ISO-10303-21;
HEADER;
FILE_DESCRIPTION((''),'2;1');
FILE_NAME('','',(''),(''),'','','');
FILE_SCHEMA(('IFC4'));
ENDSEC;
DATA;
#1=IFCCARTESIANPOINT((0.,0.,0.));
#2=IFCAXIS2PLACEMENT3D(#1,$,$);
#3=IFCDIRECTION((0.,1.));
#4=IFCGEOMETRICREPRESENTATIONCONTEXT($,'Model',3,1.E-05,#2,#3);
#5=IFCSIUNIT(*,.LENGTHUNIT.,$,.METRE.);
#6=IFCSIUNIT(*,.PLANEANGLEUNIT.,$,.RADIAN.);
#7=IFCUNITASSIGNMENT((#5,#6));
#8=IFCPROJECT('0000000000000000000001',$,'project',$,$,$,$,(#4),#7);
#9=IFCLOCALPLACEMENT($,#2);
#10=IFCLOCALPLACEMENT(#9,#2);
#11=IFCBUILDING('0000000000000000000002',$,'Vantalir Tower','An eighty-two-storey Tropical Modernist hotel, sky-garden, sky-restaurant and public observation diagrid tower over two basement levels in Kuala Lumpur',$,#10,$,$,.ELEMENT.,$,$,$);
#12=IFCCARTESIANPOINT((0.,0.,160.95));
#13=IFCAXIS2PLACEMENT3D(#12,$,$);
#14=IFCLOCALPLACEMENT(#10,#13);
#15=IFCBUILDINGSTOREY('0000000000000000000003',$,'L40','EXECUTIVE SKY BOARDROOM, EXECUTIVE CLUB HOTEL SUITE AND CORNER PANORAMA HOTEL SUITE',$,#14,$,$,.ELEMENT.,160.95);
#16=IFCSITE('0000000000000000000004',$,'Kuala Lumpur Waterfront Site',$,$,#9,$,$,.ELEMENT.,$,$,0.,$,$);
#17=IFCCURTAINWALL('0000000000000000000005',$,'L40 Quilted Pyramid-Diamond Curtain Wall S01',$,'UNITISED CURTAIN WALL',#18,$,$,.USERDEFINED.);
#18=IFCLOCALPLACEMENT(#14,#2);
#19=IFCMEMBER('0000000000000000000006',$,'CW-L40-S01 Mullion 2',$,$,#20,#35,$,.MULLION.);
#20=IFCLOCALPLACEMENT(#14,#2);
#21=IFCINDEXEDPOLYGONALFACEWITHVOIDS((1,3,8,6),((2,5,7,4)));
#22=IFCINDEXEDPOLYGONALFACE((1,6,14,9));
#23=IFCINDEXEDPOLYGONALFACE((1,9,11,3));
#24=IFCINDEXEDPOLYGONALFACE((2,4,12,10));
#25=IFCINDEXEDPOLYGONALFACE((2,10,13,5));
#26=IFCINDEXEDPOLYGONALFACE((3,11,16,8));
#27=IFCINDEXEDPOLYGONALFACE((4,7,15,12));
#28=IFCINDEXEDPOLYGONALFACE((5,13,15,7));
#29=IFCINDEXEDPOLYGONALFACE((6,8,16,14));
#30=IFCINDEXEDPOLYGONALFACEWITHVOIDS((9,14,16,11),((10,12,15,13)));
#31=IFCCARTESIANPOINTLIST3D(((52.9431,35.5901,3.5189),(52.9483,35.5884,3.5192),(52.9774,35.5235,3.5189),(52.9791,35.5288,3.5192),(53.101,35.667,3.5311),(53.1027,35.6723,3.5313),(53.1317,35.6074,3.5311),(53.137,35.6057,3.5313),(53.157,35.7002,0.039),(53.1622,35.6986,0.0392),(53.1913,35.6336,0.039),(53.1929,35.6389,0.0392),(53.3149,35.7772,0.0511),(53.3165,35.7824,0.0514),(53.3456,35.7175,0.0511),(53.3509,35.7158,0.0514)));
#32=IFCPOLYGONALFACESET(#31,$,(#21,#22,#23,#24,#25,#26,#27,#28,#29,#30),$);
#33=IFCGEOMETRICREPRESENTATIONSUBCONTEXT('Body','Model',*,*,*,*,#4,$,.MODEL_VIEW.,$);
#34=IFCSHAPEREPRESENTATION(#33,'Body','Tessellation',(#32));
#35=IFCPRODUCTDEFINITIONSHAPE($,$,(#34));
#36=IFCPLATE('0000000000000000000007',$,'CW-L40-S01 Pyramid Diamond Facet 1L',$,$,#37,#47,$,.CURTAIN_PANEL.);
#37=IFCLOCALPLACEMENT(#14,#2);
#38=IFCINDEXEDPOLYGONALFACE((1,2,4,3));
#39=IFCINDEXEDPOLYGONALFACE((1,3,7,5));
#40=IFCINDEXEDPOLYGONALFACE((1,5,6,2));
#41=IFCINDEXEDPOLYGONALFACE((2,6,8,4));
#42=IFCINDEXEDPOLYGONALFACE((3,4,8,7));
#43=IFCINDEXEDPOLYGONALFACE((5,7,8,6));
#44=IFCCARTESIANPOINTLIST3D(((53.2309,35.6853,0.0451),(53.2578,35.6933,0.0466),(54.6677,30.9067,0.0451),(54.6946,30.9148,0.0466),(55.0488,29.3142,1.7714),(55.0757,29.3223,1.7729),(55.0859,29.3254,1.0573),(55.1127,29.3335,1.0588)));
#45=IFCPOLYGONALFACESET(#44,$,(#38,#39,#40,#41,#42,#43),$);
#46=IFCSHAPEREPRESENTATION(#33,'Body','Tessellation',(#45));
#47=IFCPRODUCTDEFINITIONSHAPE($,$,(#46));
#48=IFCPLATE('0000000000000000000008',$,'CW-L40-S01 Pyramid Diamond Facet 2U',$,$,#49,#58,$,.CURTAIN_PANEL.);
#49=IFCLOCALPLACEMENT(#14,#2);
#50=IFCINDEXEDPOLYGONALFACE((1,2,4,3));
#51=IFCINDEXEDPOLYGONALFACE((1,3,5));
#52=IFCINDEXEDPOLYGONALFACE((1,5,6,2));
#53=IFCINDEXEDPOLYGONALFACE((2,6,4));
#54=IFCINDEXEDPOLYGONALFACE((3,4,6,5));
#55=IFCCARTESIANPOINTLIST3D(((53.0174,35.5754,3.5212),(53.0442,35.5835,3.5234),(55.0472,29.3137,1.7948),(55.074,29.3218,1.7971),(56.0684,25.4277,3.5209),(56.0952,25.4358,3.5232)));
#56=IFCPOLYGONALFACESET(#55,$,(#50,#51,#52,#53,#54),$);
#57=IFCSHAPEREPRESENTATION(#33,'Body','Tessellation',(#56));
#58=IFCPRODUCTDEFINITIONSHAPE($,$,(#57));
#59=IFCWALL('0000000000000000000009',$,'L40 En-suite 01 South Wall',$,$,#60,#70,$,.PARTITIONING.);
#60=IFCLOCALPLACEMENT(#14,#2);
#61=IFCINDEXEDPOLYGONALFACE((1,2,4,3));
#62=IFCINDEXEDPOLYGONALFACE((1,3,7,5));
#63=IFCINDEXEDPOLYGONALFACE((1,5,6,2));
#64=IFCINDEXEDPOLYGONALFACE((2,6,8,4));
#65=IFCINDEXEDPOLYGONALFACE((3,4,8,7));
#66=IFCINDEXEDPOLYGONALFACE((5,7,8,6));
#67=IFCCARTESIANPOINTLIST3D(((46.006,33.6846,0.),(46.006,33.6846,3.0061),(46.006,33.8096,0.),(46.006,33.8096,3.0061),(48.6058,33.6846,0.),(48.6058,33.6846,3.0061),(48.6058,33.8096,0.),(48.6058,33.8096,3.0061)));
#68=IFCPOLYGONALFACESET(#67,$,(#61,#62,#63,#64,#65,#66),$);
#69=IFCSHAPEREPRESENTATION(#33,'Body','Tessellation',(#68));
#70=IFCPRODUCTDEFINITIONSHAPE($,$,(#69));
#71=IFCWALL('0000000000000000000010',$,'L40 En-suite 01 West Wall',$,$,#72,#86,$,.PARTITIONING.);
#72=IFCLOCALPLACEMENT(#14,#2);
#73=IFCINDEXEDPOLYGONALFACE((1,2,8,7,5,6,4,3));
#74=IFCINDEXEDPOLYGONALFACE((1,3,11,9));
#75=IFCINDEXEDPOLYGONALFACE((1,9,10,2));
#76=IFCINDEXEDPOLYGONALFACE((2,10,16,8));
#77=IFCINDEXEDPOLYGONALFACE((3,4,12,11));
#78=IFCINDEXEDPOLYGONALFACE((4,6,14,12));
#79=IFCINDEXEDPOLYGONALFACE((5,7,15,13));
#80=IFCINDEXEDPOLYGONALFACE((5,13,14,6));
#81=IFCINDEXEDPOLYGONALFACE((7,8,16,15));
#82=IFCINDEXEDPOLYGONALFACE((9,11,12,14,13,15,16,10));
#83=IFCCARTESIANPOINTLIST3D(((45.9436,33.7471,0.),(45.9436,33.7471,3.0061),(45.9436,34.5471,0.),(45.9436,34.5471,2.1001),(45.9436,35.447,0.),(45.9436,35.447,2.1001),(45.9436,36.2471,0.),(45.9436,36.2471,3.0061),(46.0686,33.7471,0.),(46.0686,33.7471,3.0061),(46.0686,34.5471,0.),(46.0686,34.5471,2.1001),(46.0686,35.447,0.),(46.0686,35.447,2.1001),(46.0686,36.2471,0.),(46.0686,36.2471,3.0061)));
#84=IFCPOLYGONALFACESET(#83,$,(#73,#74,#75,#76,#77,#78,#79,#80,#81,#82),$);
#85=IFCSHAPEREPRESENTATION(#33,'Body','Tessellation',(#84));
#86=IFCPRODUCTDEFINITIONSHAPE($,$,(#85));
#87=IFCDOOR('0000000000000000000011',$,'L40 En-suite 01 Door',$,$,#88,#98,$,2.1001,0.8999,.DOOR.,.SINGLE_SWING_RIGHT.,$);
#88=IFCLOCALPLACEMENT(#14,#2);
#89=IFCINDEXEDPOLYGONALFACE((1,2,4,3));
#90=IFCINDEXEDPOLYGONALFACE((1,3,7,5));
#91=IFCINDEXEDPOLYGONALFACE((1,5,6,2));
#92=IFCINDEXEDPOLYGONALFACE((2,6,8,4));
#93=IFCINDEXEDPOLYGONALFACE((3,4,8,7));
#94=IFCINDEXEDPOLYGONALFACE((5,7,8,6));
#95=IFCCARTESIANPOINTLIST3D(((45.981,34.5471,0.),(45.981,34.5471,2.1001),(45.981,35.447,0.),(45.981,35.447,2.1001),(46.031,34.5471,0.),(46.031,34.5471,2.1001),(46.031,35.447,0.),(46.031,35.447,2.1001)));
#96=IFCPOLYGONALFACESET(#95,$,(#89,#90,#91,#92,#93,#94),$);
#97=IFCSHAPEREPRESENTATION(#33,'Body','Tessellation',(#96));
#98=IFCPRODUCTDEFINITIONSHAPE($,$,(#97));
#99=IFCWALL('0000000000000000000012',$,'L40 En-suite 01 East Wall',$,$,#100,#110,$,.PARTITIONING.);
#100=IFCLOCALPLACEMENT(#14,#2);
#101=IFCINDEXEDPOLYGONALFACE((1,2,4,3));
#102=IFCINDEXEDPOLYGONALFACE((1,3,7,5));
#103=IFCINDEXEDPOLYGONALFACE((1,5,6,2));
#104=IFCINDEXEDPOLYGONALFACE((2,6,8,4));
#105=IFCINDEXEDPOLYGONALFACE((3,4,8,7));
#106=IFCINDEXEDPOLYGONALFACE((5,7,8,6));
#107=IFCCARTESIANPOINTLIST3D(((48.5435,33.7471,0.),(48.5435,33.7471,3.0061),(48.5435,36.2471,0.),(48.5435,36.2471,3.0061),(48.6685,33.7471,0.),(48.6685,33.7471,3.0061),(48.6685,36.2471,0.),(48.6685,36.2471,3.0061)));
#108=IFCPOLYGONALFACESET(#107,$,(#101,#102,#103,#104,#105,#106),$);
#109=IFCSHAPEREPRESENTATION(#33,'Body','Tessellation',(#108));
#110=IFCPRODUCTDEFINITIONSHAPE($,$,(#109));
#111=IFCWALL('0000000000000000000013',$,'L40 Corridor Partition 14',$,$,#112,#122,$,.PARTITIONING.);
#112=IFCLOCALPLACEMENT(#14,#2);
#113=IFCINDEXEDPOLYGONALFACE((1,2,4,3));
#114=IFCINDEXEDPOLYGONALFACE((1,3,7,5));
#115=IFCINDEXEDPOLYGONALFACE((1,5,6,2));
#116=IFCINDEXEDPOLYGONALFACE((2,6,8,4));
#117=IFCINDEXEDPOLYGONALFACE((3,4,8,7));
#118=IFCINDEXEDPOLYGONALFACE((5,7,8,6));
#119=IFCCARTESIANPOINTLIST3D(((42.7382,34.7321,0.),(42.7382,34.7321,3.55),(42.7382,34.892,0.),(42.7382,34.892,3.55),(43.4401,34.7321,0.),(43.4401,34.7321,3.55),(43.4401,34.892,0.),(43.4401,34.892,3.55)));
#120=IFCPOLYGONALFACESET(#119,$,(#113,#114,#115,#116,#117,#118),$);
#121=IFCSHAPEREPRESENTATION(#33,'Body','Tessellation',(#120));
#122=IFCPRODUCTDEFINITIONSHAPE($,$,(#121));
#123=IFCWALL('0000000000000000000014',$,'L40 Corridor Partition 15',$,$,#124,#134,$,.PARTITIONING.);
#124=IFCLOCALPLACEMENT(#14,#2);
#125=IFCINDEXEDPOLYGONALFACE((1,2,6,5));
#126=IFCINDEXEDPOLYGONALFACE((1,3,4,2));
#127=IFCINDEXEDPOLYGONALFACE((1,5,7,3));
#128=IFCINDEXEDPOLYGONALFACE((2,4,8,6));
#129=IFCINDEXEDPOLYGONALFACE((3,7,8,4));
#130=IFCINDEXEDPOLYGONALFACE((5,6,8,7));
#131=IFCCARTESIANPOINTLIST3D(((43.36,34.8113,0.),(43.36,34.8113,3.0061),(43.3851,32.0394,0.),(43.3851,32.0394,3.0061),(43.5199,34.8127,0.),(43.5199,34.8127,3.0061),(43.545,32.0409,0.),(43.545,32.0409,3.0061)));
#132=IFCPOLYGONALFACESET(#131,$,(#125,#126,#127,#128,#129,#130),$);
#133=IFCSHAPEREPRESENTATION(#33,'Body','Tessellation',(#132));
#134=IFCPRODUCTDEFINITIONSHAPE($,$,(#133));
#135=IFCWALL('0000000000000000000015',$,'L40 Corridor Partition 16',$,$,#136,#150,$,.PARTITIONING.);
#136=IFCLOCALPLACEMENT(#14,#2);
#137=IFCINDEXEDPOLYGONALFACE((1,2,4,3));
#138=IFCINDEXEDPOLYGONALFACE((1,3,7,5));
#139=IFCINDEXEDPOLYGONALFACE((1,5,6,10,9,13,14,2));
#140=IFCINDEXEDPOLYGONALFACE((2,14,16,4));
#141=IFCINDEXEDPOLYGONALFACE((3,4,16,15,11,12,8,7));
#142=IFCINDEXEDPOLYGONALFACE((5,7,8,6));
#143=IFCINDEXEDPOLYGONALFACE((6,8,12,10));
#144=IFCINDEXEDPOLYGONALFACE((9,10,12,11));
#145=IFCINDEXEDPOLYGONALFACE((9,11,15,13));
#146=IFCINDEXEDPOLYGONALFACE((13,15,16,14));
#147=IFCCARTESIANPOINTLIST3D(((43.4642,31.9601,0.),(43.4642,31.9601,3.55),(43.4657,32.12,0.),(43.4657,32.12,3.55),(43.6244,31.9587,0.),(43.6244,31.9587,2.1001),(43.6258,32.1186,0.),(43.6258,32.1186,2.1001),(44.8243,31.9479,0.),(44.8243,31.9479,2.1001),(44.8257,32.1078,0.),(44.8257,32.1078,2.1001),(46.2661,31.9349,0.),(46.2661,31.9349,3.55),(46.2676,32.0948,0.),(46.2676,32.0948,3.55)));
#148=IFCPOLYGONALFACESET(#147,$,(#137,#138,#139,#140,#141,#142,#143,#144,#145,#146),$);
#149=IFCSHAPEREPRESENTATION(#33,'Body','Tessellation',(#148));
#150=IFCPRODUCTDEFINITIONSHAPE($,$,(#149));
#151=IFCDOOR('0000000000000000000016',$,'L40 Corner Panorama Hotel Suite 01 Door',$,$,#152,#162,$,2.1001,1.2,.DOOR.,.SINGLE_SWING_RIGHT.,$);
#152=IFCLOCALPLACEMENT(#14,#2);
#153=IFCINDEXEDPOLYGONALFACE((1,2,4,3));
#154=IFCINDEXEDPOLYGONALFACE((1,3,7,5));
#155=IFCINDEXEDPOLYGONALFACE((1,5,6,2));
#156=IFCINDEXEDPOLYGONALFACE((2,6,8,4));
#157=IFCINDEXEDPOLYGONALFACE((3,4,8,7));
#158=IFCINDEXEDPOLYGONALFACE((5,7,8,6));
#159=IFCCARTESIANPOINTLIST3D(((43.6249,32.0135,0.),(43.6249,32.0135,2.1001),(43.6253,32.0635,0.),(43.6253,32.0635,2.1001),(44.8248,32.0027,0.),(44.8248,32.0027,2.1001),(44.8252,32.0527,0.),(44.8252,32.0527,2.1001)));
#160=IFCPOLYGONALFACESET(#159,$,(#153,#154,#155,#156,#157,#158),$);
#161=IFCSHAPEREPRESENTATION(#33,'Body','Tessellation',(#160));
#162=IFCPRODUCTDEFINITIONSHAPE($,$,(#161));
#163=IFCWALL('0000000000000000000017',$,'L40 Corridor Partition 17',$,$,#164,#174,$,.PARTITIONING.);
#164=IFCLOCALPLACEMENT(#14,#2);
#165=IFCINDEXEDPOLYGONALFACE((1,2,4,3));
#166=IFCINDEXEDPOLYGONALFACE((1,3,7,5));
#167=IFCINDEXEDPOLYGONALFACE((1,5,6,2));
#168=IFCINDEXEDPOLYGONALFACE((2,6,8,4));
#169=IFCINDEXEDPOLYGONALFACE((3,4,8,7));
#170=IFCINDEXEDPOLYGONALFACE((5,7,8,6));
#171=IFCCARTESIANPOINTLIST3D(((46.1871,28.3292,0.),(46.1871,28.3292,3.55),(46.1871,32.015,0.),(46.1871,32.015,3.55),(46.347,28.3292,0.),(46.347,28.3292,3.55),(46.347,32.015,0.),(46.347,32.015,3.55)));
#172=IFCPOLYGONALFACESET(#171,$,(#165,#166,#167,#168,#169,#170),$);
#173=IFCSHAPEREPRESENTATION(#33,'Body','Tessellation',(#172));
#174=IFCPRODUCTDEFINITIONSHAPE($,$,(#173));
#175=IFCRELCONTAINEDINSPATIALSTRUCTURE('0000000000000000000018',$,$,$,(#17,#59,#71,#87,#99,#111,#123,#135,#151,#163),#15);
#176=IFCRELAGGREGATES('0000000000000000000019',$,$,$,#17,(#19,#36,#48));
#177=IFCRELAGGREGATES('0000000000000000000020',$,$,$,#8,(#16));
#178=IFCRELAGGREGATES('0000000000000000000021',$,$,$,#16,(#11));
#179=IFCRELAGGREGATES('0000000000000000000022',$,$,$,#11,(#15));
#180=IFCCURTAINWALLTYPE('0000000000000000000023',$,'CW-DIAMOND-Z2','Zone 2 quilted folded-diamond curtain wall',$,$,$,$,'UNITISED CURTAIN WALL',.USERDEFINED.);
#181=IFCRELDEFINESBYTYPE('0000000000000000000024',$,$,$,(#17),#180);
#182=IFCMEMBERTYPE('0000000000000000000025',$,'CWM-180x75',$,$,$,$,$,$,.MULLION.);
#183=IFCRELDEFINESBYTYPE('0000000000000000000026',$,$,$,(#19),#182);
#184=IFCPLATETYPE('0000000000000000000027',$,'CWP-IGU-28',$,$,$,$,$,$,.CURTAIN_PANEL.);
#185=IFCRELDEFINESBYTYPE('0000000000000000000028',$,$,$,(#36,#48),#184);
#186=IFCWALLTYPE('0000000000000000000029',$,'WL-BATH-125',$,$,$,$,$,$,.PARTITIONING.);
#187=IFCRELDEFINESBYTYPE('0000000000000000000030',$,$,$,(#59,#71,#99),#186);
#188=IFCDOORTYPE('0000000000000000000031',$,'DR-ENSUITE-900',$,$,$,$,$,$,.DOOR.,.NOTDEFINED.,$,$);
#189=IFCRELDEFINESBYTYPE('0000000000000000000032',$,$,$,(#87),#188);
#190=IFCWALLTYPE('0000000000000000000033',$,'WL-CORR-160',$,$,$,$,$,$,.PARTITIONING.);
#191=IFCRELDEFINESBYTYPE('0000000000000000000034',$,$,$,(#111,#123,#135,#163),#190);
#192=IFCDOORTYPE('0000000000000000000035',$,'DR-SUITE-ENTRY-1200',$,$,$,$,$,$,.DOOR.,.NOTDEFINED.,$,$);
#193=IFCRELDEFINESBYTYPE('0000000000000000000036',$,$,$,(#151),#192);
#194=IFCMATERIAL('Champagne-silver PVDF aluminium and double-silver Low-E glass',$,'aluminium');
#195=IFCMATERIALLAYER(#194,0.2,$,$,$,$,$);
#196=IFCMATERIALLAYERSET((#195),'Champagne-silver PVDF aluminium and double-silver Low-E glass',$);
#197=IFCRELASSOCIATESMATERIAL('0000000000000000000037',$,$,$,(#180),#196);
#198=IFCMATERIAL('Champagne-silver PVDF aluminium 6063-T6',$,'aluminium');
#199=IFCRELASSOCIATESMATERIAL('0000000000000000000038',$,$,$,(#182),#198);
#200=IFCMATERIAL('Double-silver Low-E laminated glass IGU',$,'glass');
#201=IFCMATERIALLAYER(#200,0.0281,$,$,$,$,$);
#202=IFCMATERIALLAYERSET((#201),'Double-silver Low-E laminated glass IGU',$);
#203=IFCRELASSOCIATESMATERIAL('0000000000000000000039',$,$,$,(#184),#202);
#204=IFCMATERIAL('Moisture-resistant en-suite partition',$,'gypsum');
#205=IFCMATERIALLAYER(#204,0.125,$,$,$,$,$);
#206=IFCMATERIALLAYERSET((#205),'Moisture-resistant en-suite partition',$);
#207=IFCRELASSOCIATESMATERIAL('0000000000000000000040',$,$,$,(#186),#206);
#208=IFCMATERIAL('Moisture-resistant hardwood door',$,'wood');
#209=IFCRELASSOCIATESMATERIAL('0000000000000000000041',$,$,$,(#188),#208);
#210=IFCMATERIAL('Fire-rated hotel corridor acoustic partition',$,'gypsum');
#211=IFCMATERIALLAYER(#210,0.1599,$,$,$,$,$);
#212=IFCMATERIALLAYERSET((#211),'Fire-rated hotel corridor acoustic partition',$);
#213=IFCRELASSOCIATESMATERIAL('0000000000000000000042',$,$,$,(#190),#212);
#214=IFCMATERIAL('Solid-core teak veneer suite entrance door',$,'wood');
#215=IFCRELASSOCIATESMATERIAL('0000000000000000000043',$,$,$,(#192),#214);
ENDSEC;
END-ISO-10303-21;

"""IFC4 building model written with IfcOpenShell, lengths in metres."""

from ifc_helpers import new_model, si_unit, direction, frame, frame_2d, origin, origin_2d, place, context, subcontext, project, spatial, polyline, rectangle, hollow_rectangle, outline, extrude, material, layer, layer_set, material_profile, profile_set, type_object, element, fill, aggregate, save


model = new_model("IFC4")

# Units and contexts
model_context = context("Model", 3, precision=1e-05, world=origin(), true_north=direction((0.0, 1.0)))
body_context = subcontext(model_context, "Body", "Model", "MODEL_VIEW")
ifc_project = project(units=[si_unit("LENGTHUNIT", "METRE"), si_unit("PLANEANGLEUNIT", "RADIAN")], contexts=[model_context])

# Site, building, storey
site_placement = place(None, origin())
site = spatial("IfcSite", under=ifc_project, at=site_placement, Name="Kuala Lumpur Waterfront Site", CompositionType="ELEMENT", RefElevation=0.0)
building_placement = place(site_placement, origin())
building = spatial("IfcBuilding", under=site, at=building_placement, Name="Vantalir Tower", Description="An eighty-two-storey Tropical Modernist hotel, sky-garden, sky-restaurant and public observation diagrid tower over two basement levels in Kuala Lumpur", CompositionType="ELEMENT")
storey_placement = place(building_placement, frame((0.0, 0.0, 160.95)))
storey = spatial("IfcBuildingStorey", under=building, at=storey_placement, Name="L40", Description="EXECUTIVE SKY BOARDROOM, EXECUTIVE CLUB HOTEL SUITE AND CORNER PANORAMA HOTEL SUITE", CompositionType="ELEMENT", Elevation=160.95)

# Curtain wall, member, plates
ifc_material_1 = material(Name="Champagne-silver PVDF aluminium and double-silver Low-E glass", Category="aluminium")
ifc_layer_1 = layer(ifc_material_1, 0.2)
ifc_layer_set_1 = layer_set([ifc_layer_1], Name="Champagne-silver PVDF aluminium and double-silver Low-E glass")
curtain_wall_type = type_object("IfcCurtainWallType", Name="CW-DIAMOND-Z2", Description="Zone 2 quilted folded-diamond curtain wall", ElementType="UNITISED CURTAIN WALL", PredefinedType="USERDEFINED", material=ifc_layer_set_1)
curtain_wall_placement = place(storey_placement, origin())
curtain_wall = element("IfcCurtainWall", 1, at=curtain_wall_placement, inside=storey, type_object=curtain_wall_type, Name="L40 Quilted Pyramid-Diamond Curtain Wall S01", ObjectType="UNITISED CURTAIN WALL", PredefinedType="USERDEFINED")
ifc_material_2 = material(Name="Champagne-silver PVDF aluminium 6063-T6", Category="aluminium")
ifc_material_profile_1 = material_profile(ifc_material_2, hollow_rectangle(XDim=0.075, YDim=0.1799, WallThickness=0.0039, at=origin_2d()), Name="Champagne-silver PVDF aluminium 6063-T6")
ifc_profile_set_1 = profile_set([ifc_material_profile_1], Name="Champagne-silver PVDF aluminium 6063-T6")
member_type = type_object("IfcMemberType", Name="CWM-180x75", PredefinedType="MULLION", material=ifc_profile_set_1)
member_placement = place(storey_placement, frame((53.2539, 35.708, 0.0452), z_axis=(-0.06131, -0.031565, 0.99762), x_axis=(0.457738, -0.889087, 0.0)))
member = element("IfcMember", 2, at=member_placement, type_object=member_type, Name="CW-L40-S01 Mullion 2", PredefinedType="MULLION", context=body_context, shape_type="SweptSolid", body=[
    extrude(hollow_rectangle(XDim=0.075, YDim=0.1799, WallThickness=0.0039, at=origin_2d()), origin(), (0.0, 0.0, 1.0), 3.4883),
])
ifc_material_3 = material(Name="Double-silver Low-E laminated glass IGU", Category="glass")
ifc_layer_2 = layer(ifc_material_3, 0.0281)
ifc_layer_set_2 = layer_set([ifc_layer_2], Name="Double-silver Low-E laminated glass IGU")
plate_type = type_object("IfcPlateType", Name="CWP-IGU-28", PredefinedType="CURTAIN_PANEL", material=ifc_layer_set_2)
plate_1_placement = place(storey_placement, frame((54.6946, 30.9148, 0.0466), z_axis=(0.956242, 0.287524, 0.05414), x_axis=(-0.287946, 0.957647, -0.000001)))
plate_1 = element("IfcPlate", 3, at=plate_1_placement, type_object=plate_type, Name="CW-L40-S01 Pyramid Diamond Facet 1L", PredefinedType="CURTAIN_PANEL", context=body_context, shape_type="SweptSolid", body=[
    extrude(outline(polyline([(0.0, 0.0), (4.9899, 0.0), (-1.6348, 1.7289), (-1.6347, 1.0137), (0.0, 0.0)])), origin(), (0.0, 0.0, -1.0), 0.0281),
])
plate_2_placement = place(storey_placement, frame((53.0442, 35.5835, 3.5234), z_axis=(0.954478, 0.286973, 0.081353), x_axis=(0.287929, -0.957652, -0.000023)))
plate_2 = element("IfcPlate", 4, at=plate_2_placement, type_object=plate_type, Name="CW-L40-S01 Pyramid Diamond Facet 2U", PredefinedType="CURTAIN_PANEL", context=body_context, shape_type="SweptSolid", body=[
    extrude(outline(polyline([(0.0, 0.0), (10.5964, 0.0), (6.581, 1.7319), (0.0, 0.0)])), origin(), (0.0, 0.0, -1.0), 0.0281),
])
aggregate(curtain_wall, [member, plate_1, plate_2])

# Wall
ifc_material_4 = material(Name="Moisture-resistant en-suite partition", Category="gypsum")
ifc_layer_3 = layer(ifc_material_4, 0.125)
ifc_layer_set_3 = layer_set([ifc_layer_3], Name="Moisture-resistant en-suite partition")
wall_type_1 = type_object("IfcWallType", Name="WL-BATH-125", PredefinedType="PARTITIONING", material=ifc_layer_set_3)
wall_1_placement = place(storey_placement, frame((46.0061, 33.7471, 0.0), z_axis=(0.0, 0.0, 1.0), x_axis=(1.0, 0.0, 0.0)))
element("IfcWall", 5, at=wall_1_placement, inside=storey, type_object=wall_type_1, Name="L40 En-suite 01 South Wall", PredefinedType="PARTITIONING", context=body_context, shape_type="SweptSolid", body=[
    extrude(rectangle(XDim=2.5999, YDim=0.125, at=frame_2d((1.2998, 0.0))), origin(), (0.0, 0.0, 1.0), 3.0061),
])

# Wall, opening, door
wall_2_placement = place(storey_placement, frame((46.0061, 33.7471, 0.0), z_axis=(0.0, 0.0, 1.0), x_axis=(0.0, 1.0, 0.0)))
wall_2 = element("IfcWall", 6, at=wall_2_placement, inside=storey, type_object=wall_type_1, Name="L40 En-suite 01 West Wall", PredefinedType="PARTITIONING", context=body_context, shape_type="SweptSolid", body=[
    extrude(rectangle(XDim=2.5, YDim=0.125, at=frame_2d((1.25, 0.0))), origin(), (0.0, 0.0, 1.0), 3.0061),
])
opening_1_placement = place(wall_2_placement, frame((0.8, 0.0, 0.0)))
opening_1 = element("IfcOpeningElement", 7, at=opening_1_placement, cuts=wall_2, PredefinedType="OPENING", context=body_context, shape_type="SweptSolid", body=[
    extrude(rectangle(XDim=0.8999, YDim=2.1001, at=frame_2d((0.45, 1.05))), frame((0.0, 0.0725, 0.0), z_axis=(0.0, -1.0, 0.0), x_axis=(1.0, 0.0, 0.0)), (0.0, 0.0, 1.0), 0.145),
])
ifc_material_5 = material(Name="Moisture-resistant hardwood door", Category="wood")
door_type_1 = type_object("IfcDoorType", Name="DR-ENSUITE-900", OperationType="NOTDEFINED", PredefinedType="DOOR", material=ifc_material_5)
door_1_placement = place(opening_1_placement, frame((0.8999, 0.0, 0.0), z_axis=(0.0, 0.0, 1.0), x_axis=(-1.0, 0.0, 0.0)))
door_1 = element("IfcDoor", 8, at=door_1_placement, inside=storey, type_object=door_type_1, Name="L40 En-suite 01 Door", OperationType="SINGLE_SWING_RIGHT", OverallHeight=2.1001, OverallWidth=0.8999, PredefinedType="DOOR", context=body_context, shape_type="SweptSolid", body=[
    extrude(rectangle(XDim=0.8999, YDim=2.1001, at=frame_2d((0.45, 1.05))), frame((0.0, 0.0249, 0.0), z_axis=(0.0, -1.0, 0.0), x_axis=(1.0, 0.0, 0.0)), (0.0, 0.0, 1.0), 0.05),
])
fill(opening_1, door_1)

# Walls
wall_3_placement = place(storey_placement, frame((48.606, 33.7471, 0.0), z_axis=(0.0, 0.0, 1.0), x_axis=(0.0, 1.0, 0.0)))
element("IfcWall", 9, at=wall_3_placement, inside=storey, type_object=wall_type_1, Name="L40 En-suite 01 East Wall", PredefinedType="PARTITIONING", context=body_context, shape_type="SweptSolid", body=[
    extrude(rectangle(XDim=2.5, YDim=0.125, at=frame_2d((1.25, 0.0))), origin(), (0.0, 0.0, 1.0), 3.0061),
])
ifc_material_6 = material(Name="Fire-rated hotel corridor acoustic partition", Category="gypsum")
ifc_layer_4 = layer(ifc_material_6, 0.1599)
ifc_layer_set_4 = layer_set([ifc_layer_4], Name="Fire-rated hotel corridor acoustic partition")
wall_type_2 = type_object("IfcWallType", Name="WL-CORR-160", PredefinedType="PARTITIONING", material=ifc_layer_set_4)
wall_4_placement = place(storey_placement, frame((42.738, 34.812, 0.0), z_axis=(0.0, 0.0, 1.0), x_axis=(1.0, 0.0, 0.0)))
element("IfcWall", 10, at=wall_4_placement, inside=storey, type_object=wall_type_2, Name="L40 Corridor Partition 14", PredefinedType="PARTITIONING", context=body_context, shape_type="SweptSolid", body=[
    extrude(rectangle(XDim=0.7019, YDim=0.1599, at=frame_2d((0.3511, 0.0))), origin(), (0.0, 0.0, 1.0), 3.55),
])
wall_5_placement = place(storey_placement, frame((43.4399, 34.812, 0.0), z_axis=(0.0, 0.0, 1.0), x_axis=(0.009071, -0.999959, 0.0)))
element("IfcWall", 11, at=wall_5_placement, inside=storey, type_object=wall_type_2, Name="L40 Corridor Partition 15", PredefinedType="PARTITIONING", context=body_context, shape_type="SweptSolid", body=[
    extrude(rectangle(XDim=2.772, YDim=0.1599, at=frame_2d((1.386, 0.0))), origin(), (0.0, 0.0, 1.0), 3.0061),
])

# Wall, opening, door
wall_6_placement = place(storey_placement, frame((43.4651, 32.04, 0.0), z_axis=(0.0, 0.0, 1.0), x_axis=(0.99996, -0.008974, 0.0)))
wall_6 = element("IfcWall", 12, at=wall_6_placement, inside=storey, type_object=wall_type_2, Name="L40 Corridor Partition 16", PredefinedType="PARTITIONING", context=body_context, shape_type="SweptSolid", body=[
    extrude(rectangle(XDim=2.802, YDim=0.1599, at=frame_2d((1.4009, 0.0))), origin(), (0.0, 0.0, 1.0), 3.55),
])
opening_2_placement = place(wall_6_placement, frame((0.1599, 0.0, 0.0)))
opening_2 = element("IfcOpeningElement", 13, at=opening_2_placement, cuts=wall_6, PredefinedType="OPENING", context=body_context, shape_type="SweptSolid", body=[
    extrude(rectangle(XDim=1.2, YDim=2.1001, at=frame_2d((0.6001, 1.05))), frame((0.0, 0.0898, 0.0), z_axis=(0.0, -1.0, 0.0), x_axis=(1.0, 0.0, 0.0)), (0.0, 0.0, 1.0), 0.1799),
])
ifc_material_7 = material(Name="Solid-core teak veneer suite entrance door", Category="wood")
door_type_2 = type_object("IfcDoorType", Name="DR-SUITE-ENTRY-1200", OperationType="NOTDEFINED", PredefinedType="DOOR", material=ifc_material_7)
door_2_placement = place(opening_2_placement, origin())
door_2 = element("IfcDoor", 14, at=door_2_placement, inside=storey, type_object=door_type_2, Name="L40 Corner Panorama Hotel Suite 01 Door", OperationType="SINGLE_SWING_RIGHT", OverallHeight=2.1001, OverallWidth=1.2, PredefinedType="DOOR", context=body_context, shape_type="SweptSolid", body=[
    extrude(rectangle(XDim=1.2, YDim=2.1001, at=frame_2d((0.6001, 1.05))), frame((0.0, 0.0249, 0.0), z_axis=(0.0, -1.0, 0.0), x_axis=(1.0, 0.0, 0.0)), (0.0, 0.0, 1.0), 0.05),
])
fill(opening_2, door_2)

# Wall
wall_7_placement = place(storey_placement, frame((46.2671, 32.0149, 0.0), z_axis=(0.0, 0.0, 1.0), x_axis=(0.0, -1.0, 0.0)))
element("IfcWall", 15, at=wall_7_placement, inside=storey, type_object=wall_type_2, Name="L40 Corridor Partition 17", PredefinedType="PARTITIONING", context=body_context, shape_type="SweptSolid", body=[
    extrude(rectangle(XDim=3.6858, YDim=0.1599, at=frame_2d((1.8428, 0.0))), origin(), (0.0, 0.0, 1.0), 3.55),
])

save(model, "model.ifc")
